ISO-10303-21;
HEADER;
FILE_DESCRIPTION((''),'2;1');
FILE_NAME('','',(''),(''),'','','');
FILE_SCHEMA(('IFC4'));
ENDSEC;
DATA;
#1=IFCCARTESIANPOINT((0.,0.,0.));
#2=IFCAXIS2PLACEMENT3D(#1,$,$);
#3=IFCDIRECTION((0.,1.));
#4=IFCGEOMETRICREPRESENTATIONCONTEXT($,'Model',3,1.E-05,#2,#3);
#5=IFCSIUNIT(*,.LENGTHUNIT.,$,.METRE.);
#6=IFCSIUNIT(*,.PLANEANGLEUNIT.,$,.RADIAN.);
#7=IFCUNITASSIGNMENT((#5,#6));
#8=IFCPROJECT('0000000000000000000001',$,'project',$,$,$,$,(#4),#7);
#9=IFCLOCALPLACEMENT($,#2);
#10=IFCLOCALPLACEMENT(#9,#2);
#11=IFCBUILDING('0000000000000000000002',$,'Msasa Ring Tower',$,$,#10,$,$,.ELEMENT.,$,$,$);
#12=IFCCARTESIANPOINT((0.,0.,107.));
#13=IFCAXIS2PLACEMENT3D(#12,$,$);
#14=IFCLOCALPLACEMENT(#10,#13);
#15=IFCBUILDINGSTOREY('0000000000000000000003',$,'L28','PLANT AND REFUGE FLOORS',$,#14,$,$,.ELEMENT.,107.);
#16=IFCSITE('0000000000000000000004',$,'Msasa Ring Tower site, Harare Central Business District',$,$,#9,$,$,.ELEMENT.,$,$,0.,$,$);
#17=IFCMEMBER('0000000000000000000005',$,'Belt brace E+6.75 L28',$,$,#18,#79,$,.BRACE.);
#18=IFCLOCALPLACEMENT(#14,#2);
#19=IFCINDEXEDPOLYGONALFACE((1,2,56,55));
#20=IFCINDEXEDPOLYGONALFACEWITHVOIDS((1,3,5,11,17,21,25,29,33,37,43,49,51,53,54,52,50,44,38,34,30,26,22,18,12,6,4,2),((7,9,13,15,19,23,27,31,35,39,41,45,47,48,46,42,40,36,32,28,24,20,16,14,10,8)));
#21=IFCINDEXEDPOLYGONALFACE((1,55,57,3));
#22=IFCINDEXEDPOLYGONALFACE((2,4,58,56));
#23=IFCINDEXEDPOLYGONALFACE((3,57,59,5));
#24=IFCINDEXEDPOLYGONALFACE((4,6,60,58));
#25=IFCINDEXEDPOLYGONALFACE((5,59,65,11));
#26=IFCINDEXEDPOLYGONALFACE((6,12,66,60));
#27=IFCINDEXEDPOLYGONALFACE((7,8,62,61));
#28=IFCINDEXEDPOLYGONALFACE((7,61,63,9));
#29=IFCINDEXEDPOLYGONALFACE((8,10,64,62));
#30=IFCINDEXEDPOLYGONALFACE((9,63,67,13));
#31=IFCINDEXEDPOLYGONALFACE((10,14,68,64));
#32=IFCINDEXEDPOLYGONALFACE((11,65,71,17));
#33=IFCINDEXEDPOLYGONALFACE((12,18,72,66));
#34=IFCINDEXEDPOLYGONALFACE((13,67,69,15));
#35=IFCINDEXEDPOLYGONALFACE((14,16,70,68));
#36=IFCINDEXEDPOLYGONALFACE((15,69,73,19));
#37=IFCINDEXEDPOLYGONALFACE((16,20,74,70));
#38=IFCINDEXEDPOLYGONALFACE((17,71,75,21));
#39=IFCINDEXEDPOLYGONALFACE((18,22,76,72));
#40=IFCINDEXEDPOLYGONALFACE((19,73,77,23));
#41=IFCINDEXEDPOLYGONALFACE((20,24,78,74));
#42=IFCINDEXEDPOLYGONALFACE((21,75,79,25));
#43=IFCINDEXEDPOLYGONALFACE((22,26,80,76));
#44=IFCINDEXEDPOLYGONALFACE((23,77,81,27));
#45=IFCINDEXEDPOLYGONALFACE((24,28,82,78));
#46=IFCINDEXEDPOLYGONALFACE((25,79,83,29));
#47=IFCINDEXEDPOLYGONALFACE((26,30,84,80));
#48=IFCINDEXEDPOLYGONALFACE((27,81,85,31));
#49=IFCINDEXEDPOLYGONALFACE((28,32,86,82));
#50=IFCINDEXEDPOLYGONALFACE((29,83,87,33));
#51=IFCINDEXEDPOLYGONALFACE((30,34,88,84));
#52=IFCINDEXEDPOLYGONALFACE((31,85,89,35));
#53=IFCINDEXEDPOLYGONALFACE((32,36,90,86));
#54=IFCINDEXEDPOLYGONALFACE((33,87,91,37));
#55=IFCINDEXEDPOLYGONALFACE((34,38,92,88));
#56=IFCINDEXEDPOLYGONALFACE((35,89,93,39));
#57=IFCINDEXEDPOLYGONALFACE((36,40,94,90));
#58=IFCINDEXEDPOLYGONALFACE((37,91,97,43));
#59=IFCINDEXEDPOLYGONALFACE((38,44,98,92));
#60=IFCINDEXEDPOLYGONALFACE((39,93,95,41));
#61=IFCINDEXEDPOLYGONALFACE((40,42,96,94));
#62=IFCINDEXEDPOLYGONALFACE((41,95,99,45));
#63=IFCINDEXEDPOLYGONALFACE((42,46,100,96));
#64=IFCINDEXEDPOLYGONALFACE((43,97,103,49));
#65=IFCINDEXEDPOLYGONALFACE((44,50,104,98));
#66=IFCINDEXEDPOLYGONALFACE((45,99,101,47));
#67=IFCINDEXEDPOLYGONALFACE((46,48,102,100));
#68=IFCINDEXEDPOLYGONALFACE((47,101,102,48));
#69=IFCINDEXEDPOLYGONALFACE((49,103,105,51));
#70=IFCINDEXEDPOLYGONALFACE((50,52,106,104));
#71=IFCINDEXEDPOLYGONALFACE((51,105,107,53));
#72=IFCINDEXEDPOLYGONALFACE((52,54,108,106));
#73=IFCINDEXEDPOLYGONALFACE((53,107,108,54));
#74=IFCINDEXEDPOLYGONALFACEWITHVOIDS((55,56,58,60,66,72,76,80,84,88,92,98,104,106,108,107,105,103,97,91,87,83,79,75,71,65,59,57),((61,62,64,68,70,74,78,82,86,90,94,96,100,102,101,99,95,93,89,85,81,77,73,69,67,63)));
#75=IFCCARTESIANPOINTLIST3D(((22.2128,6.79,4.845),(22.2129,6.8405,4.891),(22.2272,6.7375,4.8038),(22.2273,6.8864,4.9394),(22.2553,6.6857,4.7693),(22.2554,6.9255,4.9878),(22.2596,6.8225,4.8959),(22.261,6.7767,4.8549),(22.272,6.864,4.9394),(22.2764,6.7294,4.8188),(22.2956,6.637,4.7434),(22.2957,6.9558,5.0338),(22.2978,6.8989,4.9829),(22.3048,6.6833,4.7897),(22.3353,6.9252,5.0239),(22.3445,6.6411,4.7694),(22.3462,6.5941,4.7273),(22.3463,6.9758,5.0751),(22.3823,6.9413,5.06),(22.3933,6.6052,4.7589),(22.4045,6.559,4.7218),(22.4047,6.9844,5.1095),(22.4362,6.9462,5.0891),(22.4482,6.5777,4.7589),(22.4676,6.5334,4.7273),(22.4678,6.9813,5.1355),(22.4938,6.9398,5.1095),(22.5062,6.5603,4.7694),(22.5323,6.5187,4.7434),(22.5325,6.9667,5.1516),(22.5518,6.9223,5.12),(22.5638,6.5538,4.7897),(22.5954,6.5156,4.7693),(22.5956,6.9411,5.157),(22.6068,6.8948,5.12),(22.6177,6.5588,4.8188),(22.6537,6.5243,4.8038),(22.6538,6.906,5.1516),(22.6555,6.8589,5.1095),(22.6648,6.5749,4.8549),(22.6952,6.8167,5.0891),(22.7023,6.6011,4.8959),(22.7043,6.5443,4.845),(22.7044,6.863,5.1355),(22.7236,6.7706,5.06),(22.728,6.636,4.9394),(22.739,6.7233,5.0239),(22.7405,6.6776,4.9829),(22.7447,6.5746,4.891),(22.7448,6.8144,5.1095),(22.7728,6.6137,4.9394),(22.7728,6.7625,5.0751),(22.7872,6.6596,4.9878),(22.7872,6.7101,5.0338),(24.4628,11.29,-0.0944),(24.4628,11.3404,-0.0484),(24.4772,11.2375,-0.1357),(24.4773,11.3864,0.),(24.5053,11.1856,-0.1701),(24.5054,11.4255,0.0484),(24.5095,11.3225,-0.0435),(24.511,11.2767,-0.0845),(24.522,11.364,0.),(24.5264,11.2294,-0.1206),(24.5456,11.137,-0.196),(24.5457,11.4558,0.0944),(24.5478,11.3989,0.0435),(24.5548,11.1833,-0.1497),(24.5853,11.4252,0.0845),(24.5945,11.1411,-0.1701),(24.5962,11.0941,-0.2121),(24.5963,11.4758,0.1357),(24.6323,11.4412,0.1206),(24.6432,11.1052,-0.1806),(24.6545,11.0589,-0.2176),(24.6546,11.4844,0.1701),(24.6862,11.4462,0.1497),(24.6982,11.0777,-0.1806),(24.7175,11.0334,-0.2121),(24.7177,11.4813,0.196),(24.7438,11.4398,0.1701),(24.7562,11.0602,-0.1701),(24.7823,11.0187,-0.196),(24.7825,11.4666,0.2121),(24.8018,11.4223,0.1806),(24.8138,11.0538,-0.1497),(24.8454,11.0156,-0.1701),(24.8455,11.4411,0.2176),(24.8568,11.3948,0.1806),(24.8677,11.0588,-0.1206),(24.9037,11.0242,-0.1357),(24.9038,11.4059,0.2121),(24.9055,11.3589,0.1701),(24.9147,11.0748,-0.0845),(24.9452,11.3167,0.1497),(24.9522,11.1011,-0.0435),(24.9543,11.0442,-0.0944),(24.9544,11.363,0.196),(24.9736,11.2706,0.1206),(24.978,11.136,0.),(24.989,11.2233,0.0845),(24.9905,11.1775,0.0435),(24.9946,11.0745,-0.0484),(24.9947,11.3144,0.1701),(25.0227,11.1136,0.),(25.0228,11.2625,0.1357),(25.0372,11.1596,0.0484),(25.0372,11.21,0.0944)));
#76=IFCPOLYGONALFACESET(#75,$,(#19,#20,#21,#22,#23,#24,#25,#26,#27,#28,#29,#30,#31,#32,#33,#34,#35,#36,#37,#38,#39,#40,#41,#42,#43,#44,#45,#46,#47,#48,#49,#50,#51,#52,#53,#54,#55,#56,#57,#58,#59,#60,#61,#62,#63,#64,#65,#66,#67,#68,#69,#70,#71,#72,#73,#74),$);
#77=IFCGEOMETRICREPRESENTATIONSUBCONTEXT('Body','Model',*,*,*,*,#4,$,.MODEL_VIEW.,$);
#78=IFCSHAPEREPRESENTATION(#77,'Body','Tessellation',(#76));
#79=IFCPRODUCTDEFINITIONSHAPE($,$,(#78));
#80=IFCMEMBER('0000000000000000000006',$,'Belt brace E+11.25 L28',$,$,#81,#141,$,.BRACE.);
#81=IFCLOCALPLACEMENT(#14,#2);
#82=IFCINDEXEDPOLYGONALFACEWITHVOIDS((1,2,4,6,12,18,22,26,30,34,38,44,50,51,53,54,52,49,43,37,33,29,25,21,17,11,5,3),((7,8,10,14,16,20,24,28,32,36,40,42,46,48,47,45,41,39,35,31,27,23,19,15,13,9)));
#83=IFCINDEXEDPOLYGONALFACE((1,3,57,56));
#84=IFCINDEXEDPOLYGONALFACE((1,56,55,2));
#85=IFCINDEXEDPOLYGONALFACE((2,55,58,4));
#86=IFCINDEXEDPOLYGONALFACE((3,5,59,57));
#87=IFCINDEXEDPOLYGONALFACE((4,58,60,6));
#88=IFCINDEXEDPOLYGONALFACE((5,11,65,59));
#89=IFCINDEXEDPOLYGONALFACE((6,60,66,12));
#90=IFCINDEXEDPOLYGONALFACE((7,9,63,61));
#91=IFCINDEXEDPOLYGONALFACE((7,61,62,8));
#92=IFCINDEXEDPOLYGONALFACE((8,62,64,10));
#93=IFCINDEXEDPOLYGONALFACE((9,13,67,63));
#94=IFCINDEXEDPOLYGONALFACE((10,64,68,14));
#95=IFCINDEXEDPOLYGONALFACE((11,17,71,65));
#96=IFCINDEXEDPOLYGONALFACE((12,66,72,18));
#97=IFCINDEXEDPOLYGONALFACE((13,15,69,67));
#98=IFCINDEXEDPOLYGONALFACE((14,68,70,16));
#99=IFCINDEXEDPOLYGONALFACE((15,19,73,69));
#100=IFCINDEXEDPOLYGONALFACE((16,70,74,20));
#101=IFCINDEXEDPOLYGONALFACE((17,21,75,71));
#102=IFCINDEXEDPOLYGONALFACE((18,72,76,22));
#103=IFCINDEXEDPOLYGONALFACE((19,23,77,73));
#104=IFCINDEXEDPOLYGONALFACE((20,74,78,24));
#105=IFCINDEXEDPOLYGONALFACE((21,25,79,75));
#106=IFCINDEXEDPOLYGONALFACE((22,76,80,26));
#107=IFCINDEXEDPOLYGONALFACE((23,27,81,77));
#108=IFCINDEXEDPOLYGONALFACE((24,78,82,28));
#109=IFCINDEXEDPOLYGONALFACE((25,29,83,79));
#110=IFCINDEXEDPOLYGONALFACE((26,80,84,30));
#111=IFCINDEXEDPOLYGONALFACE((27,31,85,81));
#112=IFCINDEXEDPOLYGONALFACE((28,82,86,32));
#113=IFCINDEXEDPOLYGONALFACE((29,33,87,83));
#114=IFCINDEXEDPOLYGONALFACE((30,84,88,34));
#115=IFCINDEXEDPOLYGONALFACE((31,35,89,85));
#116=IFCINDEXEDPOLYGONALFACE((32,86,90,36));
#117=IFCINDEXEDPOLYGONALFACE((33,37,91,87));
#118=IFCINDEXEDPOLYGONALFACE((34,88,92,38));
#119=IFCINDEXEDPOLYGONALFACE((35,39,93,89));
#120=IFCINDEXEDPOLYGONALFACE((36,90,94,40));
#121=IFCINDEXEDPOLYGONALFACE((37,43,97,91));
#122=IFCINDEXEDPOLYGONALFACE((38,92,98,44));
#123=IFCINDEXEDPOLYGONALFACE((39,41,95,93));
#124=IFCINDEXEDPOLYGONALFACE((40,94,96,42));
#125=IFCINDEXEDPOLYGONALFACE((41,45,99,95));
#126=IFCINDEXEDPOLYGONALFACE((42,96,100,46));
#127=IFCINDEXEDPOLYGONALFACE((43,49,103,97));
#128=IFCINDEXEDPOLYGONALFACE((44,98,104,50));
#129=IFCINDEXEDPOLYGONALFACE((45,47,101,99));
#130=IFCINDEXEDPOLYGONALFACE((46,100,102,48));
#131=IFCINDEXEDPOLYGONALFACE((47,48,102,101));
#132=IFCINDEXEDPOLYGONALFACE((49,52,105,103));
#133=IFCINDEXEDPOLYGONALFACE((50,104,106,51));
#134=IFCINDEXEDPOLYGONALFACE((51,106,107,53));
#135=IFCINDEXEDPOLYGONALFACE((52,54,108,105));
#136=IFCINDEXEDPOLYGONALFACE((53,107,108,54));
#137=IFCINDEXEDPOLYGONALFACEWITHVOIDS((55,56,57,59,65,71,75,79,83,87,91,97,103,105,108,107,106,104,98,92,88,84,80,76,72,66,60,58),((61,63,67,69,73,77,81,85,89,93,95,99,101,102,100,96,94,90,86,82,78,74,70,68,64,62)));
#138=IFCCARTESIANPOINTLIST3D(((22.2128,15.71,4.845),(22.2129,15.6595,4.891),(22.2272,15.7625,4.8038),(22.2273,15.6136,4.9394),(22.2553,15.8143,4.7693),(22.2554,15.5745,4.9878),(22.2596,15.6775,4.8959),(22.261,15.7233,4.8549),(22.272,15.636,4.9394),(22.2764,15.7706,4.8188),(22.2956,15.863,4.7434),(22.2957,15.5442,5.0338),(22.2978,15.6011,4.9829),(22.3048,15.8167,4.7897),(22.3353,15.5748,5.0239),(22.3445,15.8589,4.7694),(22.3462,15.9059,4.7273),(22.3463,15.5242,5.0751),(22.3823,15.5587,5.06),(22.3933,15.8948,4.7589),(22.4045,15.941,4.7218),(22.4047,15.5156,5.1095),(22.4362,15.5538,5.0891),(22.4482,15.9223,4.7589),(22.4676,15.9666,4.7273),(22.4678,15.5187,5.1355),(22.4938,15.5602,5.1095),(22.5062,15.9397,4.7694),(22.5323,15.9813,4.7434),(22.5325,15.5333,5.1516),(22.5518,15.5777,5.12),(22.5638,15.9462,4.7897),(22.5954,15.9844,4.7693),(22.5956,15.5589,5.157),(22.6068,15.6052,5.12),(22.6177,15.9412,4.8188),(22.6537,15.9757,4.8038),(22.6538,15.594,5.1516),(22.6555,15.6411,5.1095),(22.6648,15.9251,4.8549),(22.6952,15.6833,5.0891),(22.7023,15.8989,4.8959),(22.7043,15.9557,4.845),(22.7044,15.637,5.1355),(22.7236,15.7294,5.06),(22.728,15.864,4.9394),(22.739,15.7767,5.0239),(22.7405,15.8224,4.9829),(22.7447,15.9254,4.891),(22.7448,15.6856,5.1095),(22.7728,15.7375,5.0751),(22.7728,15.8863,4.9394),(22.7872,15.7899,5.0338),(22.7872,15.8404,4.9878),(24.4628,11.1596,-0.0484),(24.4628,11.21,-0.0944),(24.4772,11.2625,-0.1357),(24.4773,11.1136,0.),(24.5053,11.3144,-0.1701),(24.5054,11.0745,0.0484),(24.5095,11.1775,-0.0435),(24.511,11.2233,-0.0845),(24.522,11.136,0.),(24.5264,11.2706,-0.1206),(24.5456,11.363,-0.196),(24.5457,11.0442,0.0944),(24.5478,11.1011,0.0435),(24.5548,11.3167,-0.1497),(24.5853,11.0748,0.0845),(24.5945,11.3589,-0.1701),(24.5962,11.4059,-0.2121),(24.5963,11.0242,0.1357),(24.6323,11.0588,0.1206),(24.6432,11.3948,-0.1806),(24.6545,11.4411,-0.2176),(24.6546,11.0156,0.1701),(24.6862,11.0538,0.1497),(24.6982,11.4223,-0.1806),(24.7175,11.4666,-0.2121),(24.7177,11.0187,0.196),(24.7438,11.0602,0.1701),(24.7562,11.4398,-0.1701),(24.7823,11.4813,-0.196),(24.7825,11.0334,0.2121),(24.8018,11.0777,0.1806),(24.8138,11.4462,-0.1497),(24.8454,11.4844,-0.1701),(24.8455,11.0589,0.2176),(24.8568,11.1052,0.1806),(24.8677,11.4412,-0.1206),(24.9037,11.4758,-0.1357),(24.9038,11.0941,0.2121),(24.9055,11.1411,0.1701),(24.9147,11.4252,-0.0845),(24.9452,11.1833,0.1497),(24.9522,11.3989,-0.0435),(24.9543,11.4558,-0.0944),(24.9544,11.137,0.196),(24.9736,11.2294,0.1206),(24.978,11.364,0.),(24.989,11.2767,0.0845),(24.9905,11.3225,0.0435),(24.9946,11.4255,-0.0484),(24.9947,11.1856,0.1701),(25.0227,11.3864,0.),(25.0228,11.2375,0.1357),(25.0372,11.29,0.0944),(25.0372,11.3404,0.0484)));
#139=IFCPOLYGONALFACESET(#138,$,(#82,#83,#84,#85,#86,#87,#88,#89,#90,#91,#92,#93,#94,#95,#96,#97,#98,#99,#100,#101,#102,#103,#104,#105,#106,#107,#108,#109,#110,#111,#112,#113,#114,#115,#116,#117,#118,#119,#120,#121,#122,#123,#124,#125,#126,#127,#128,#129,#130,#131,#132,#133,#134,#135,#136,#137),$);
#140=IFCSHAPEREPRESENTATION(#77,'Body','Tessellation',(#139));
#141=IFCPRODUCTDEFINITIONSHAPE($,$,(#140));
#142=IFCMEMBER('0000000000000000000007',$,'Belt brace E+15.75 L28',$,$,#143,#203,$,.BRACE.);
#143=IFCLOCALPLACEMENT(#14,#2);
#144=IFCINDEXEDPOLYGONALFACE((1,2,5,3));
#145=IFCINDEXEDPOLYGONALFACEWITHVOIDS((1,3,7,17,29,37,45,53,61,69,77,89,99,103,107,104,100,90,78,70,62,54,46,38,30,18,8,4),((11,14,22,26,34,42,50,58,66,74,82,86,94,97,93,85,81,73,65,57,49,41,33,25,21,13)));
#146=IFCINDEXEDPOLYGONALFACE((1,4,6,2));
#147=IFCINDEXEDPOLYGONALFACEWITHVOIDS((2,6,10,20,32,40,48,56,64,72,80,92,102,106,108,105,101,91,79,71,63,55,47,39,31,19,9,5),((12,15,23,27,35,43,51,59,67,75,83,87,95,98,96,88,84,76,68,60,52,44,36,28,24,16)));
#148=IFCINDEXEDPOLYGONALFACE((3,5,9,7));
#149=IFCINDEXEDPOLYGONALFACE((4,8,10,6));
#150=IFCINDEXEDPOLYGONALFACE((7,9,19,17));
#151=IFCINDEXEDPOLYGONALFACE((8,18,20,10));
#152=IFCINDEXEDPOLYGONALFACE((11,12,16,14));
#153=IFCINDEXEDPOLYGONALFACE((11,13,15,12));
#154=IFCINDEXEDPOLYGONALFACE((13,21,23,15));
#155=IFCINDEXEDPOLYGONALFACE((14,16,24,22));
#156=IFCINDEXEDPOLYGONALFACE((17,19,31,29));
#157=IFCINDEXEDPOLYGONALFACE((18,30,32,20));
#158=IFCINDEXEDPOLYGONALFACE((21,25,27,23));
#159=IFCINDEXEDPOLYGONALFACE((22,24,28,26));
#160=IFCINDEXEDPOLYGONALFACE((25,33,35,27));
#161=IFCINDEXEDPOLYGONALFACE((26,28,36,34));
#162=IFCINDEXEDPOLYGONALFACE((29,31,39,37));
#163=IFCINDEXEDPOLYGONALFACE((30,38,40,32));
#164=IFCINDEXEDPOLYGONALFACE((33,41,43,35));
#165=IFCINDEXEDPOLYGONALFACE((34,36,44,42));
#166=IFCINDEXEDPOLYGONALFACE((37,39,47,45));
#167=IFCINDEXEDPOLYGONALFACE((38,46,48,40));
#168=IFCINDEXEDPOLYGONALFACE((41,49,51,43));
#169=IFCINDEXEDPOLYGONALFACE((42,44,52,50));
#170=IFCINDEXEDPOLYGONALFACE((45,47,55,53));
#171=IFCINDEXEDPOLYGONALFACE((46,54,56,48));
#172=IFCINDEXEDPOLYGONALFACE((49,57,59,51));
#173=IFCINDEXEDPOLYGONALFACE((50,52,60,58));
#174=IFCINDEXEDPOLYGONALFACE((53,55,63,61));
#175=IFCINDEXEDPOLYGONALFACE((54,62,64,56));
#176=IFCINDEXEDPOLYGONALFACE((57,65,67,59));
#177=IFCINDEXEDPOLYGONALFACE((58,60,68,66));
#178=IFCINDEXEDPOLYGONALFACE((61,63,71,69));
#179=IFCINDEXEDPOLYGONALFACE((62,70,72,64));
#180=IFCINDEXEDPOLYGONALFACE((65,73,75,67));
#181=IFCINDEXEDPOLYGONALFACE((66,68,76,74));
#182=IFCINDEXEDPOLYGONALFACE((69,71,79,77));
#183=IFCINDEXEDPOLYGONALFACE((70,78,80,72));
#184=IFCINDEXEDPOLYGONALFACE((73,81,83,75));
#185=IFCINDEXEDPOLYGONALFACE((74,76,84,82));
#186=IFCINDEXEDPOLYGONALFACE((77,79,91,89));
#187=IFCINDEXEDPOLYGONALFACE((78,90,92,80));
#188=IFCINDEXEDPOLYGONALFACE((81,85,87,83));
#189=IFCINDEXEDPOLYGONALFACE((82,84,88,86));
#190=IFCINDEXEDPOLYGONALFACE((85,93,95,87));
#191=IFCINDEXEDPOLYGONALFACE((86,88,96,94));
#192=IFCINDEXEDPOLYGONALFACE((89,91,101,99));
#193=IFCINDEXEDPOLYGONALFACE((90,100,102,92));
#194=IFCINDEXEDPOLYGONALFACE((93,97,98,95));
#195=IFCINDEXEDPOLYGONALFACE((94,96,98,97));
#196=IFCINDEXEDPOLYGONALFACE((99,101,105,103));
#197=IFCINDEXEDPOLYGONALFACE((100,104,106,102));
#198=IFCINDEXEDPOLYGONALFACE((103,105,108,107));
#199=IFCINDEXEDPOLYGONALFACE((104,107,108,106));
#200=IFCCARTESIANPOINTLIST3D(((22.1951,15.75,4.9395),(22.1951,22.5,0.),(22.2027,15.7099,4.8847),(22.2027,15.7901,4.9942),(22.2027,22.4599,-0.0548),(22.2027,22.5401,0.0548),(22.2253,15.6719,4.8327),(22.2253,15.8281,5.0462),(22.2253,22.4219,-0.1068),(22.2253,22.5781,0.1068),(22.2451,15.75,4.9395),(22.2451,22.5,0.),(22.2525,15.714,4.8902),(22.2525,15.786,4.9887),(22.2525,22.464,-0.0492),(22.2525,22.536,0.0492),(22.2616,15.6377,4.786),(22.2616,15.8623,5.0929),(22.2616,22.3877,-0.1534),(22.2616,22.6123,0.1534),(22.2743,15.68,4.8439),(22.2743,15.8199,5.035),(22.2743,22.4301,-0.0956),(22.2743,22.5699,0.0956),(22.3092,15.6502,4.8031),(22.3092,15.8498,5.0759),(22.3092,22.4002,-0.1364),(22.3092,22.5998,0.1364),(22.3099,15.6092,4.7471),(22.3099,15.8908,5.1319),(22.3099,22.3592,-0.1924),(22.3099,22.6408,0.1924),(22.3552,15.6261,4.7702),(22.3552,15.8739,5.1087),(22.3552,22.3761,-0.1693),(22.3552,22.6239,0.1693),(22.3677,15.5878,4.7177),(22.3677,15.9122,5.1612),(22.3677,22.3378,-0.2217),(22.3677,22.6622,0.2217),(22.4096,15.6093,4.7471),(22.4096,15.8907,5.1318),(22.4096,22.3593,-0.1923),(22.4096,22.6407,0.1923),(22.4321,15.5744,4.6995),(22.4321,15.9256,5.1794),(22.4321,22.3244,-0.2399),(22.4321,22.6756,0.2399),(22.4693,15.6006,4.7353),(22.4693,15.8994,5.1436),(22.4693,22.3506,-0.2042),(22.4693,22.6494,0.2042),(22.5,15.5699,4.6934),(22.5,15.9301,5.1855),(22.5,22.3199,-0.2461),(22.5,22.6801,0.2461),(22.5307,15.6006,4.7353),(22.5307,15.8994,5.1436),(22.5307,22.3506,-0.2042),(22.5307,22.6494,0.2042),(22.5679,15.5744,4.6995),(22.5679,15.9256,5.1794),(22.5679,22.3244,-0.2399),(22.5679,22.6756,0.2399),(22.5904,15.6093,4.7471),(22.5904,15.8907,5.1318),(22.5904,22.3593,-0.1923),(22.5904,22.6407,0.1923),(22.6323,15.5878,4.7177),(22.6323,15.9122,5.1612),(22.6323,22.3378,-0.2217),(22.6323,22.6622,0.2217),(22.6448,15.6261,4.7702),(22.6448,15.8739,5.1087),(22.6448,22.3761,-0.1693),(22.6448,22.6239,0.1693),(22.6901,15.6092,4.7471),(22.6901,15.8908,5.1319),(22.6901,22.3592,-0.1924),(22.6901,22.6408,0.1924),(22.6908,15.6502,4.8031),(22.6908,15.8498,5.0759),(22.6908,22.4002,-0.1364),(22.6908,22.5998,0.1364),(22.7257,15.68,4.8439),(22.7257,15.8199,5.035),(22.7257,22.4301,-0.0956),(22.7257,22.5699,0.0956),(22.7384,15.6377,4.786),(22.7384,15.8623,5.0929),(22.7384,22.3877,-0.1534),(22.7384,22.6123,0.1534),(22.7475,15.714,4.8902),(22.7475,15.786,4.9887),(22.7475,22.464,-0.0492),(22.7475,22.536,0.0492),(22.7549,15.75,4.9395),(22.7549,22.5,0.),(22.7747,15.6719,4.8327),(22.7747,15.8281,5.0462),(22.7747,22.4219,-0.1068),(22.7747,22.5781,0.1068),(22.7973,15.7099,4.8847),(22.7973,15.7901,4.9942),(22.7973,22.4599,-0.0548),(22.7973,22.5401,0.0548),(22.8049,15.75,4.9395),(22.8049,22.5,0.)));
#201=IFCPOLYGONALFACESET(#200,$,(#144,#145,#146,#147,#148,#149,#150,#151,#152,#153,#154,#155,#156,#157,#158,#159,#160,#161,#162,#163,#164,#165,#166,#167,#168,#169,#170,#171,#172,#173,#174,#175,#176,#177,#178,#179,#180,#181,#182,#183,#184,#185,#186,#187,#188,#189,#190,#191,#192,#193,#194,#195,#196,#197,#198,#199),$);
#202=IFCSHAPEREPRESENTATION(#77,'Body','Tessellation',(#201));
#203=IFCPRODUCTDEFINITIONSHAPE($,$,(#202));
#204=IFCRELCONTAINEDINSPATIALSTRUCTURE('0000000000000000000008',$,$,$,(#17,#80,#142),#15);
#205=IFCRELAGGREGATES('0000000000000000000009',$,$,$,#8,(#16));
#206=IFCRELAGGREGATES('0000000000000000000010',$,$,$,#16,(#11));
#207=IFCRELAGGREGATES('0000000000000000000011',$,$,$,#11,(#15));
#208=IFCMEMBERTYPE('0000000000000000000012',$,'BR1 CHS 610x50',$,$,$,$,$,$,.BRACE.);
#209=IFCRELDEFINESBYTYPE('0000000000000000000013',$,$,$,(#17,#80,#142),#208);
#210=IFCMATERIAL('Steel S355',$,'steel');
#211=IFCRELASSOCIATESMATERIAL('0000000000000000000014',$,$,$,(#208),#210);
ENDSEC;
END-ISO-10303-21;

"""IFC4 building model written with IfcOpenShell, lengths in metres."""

from ifc_helpers import new_model, si_unit, direction, frame, origin, origin_2d, place, context, subcontext, project, spatial, hollow_circle, extrude, material, material_profile, profile_set, type_object, element, save


model = new_model("IFC4")

# Units and contexts
model_context = context("Model", 3, precision=1e-05, world=origin(), true_north=direction((0.0, 1.0)))
body_context = subcontext(model_context, "Body", "Model", "MODEL_VIEW")
ifc_project = project(units=[si_unit("LENGTHUNIT", "METRE"), si_unit("PLANEANGLEUNIT", "RADIAN")], contexts=[model_context])

# Site, building, storey
site_placement = place(None, origin())
site = spatial("IfcSite", under=ifc_project, at=site_placement, Name="Msasa Ring Tower site, Harare Central Business District", CompositionType="ELEMENT", RefElevation=0.0)
building_placement = place(site_placement, origin())
building = spatial("IfcBuilding", under=site, at=building_placement, Name="Msasa Ring Tower", CompositionType="ELEMENT")
storey_placement = place(building_placement, frame((0.0, 0.0, 107.0)))
storey = spatial("IfcBuildingStorey", under=building, at=storey_placement, Name="L28", Description="PLANT AND REFUGE FLOORS", CompositionType="ELEMENT", Elevation=107.0)

# Members
ifc_material_1 = material(Name="Steel S355", Category="steel")
ifc_material_profile_1 = material_profile(ifc_material_1, hollow_circle(Radius=0.3049, WallThickness=0.05, at=origin_2d()), Name="CHS 610x50")
ifc_profile_set_1 = profile_set([ifc_material_profile_1], Name="Steel S355")
member_type = type_object("IfcMemberType", Name="BR1 CHS 610x50", PredefinedType="BRACE", material=ifc_profile_set_1)
for number, where, z_axis, x_axis, name in (
    (1, (24.75, 11.25, 0.0), (-0.319123, -0.638245, 0.700574), (0.894427, -0.447214, 0.0), "Belt brace E+6.75 L28"),
    (2, (24.75, 11.25, 0.0), (-0.319123, 0.638245, 0.700574), (-0.894427, -0.447214, 0.0), "Belt brace E+11.25 L28"),
):
    element("IfcMember", number, at=place(storey_placement, frame(where, z_axis=z_axis, x_axis=x_axis)), inside=storey, type_object=member_type, Name=name, PredefinedType="BRACE", context=body_context, shape_type="SweptSolid", body=[
        extrude(hollow_circle(Radius=0.3049, WallThickness=0.05, at=origin_2d()), origin(), (0.0, 0.0, 1.0), 7.0505),
    ])
for number, where, z_axis, x_axis, name in (
    (3, (22.5, 22.5, 0.0), (0.0, -0.807006, 0.590543), (1.0, 0.0, 0.0), "Belt brace E+15.75 L28"),
):
    element("IfcMember", number, at=place(storey_placement, frame(where, z_axis=z_axis, x_axis=x_axis)), inside=storey, type_object=member_type, Name=name, PredefinedType="BRACE", context=body_context, shape_type="SweptSolid", body=[
        extrude(hollow_circle(Radius=0.3049, WallThickness=0.05, at=origin_2d()), origin(), (0.0, 0.0, 1.0), 8.3643),
    ])

save(model, "model.ifc")
